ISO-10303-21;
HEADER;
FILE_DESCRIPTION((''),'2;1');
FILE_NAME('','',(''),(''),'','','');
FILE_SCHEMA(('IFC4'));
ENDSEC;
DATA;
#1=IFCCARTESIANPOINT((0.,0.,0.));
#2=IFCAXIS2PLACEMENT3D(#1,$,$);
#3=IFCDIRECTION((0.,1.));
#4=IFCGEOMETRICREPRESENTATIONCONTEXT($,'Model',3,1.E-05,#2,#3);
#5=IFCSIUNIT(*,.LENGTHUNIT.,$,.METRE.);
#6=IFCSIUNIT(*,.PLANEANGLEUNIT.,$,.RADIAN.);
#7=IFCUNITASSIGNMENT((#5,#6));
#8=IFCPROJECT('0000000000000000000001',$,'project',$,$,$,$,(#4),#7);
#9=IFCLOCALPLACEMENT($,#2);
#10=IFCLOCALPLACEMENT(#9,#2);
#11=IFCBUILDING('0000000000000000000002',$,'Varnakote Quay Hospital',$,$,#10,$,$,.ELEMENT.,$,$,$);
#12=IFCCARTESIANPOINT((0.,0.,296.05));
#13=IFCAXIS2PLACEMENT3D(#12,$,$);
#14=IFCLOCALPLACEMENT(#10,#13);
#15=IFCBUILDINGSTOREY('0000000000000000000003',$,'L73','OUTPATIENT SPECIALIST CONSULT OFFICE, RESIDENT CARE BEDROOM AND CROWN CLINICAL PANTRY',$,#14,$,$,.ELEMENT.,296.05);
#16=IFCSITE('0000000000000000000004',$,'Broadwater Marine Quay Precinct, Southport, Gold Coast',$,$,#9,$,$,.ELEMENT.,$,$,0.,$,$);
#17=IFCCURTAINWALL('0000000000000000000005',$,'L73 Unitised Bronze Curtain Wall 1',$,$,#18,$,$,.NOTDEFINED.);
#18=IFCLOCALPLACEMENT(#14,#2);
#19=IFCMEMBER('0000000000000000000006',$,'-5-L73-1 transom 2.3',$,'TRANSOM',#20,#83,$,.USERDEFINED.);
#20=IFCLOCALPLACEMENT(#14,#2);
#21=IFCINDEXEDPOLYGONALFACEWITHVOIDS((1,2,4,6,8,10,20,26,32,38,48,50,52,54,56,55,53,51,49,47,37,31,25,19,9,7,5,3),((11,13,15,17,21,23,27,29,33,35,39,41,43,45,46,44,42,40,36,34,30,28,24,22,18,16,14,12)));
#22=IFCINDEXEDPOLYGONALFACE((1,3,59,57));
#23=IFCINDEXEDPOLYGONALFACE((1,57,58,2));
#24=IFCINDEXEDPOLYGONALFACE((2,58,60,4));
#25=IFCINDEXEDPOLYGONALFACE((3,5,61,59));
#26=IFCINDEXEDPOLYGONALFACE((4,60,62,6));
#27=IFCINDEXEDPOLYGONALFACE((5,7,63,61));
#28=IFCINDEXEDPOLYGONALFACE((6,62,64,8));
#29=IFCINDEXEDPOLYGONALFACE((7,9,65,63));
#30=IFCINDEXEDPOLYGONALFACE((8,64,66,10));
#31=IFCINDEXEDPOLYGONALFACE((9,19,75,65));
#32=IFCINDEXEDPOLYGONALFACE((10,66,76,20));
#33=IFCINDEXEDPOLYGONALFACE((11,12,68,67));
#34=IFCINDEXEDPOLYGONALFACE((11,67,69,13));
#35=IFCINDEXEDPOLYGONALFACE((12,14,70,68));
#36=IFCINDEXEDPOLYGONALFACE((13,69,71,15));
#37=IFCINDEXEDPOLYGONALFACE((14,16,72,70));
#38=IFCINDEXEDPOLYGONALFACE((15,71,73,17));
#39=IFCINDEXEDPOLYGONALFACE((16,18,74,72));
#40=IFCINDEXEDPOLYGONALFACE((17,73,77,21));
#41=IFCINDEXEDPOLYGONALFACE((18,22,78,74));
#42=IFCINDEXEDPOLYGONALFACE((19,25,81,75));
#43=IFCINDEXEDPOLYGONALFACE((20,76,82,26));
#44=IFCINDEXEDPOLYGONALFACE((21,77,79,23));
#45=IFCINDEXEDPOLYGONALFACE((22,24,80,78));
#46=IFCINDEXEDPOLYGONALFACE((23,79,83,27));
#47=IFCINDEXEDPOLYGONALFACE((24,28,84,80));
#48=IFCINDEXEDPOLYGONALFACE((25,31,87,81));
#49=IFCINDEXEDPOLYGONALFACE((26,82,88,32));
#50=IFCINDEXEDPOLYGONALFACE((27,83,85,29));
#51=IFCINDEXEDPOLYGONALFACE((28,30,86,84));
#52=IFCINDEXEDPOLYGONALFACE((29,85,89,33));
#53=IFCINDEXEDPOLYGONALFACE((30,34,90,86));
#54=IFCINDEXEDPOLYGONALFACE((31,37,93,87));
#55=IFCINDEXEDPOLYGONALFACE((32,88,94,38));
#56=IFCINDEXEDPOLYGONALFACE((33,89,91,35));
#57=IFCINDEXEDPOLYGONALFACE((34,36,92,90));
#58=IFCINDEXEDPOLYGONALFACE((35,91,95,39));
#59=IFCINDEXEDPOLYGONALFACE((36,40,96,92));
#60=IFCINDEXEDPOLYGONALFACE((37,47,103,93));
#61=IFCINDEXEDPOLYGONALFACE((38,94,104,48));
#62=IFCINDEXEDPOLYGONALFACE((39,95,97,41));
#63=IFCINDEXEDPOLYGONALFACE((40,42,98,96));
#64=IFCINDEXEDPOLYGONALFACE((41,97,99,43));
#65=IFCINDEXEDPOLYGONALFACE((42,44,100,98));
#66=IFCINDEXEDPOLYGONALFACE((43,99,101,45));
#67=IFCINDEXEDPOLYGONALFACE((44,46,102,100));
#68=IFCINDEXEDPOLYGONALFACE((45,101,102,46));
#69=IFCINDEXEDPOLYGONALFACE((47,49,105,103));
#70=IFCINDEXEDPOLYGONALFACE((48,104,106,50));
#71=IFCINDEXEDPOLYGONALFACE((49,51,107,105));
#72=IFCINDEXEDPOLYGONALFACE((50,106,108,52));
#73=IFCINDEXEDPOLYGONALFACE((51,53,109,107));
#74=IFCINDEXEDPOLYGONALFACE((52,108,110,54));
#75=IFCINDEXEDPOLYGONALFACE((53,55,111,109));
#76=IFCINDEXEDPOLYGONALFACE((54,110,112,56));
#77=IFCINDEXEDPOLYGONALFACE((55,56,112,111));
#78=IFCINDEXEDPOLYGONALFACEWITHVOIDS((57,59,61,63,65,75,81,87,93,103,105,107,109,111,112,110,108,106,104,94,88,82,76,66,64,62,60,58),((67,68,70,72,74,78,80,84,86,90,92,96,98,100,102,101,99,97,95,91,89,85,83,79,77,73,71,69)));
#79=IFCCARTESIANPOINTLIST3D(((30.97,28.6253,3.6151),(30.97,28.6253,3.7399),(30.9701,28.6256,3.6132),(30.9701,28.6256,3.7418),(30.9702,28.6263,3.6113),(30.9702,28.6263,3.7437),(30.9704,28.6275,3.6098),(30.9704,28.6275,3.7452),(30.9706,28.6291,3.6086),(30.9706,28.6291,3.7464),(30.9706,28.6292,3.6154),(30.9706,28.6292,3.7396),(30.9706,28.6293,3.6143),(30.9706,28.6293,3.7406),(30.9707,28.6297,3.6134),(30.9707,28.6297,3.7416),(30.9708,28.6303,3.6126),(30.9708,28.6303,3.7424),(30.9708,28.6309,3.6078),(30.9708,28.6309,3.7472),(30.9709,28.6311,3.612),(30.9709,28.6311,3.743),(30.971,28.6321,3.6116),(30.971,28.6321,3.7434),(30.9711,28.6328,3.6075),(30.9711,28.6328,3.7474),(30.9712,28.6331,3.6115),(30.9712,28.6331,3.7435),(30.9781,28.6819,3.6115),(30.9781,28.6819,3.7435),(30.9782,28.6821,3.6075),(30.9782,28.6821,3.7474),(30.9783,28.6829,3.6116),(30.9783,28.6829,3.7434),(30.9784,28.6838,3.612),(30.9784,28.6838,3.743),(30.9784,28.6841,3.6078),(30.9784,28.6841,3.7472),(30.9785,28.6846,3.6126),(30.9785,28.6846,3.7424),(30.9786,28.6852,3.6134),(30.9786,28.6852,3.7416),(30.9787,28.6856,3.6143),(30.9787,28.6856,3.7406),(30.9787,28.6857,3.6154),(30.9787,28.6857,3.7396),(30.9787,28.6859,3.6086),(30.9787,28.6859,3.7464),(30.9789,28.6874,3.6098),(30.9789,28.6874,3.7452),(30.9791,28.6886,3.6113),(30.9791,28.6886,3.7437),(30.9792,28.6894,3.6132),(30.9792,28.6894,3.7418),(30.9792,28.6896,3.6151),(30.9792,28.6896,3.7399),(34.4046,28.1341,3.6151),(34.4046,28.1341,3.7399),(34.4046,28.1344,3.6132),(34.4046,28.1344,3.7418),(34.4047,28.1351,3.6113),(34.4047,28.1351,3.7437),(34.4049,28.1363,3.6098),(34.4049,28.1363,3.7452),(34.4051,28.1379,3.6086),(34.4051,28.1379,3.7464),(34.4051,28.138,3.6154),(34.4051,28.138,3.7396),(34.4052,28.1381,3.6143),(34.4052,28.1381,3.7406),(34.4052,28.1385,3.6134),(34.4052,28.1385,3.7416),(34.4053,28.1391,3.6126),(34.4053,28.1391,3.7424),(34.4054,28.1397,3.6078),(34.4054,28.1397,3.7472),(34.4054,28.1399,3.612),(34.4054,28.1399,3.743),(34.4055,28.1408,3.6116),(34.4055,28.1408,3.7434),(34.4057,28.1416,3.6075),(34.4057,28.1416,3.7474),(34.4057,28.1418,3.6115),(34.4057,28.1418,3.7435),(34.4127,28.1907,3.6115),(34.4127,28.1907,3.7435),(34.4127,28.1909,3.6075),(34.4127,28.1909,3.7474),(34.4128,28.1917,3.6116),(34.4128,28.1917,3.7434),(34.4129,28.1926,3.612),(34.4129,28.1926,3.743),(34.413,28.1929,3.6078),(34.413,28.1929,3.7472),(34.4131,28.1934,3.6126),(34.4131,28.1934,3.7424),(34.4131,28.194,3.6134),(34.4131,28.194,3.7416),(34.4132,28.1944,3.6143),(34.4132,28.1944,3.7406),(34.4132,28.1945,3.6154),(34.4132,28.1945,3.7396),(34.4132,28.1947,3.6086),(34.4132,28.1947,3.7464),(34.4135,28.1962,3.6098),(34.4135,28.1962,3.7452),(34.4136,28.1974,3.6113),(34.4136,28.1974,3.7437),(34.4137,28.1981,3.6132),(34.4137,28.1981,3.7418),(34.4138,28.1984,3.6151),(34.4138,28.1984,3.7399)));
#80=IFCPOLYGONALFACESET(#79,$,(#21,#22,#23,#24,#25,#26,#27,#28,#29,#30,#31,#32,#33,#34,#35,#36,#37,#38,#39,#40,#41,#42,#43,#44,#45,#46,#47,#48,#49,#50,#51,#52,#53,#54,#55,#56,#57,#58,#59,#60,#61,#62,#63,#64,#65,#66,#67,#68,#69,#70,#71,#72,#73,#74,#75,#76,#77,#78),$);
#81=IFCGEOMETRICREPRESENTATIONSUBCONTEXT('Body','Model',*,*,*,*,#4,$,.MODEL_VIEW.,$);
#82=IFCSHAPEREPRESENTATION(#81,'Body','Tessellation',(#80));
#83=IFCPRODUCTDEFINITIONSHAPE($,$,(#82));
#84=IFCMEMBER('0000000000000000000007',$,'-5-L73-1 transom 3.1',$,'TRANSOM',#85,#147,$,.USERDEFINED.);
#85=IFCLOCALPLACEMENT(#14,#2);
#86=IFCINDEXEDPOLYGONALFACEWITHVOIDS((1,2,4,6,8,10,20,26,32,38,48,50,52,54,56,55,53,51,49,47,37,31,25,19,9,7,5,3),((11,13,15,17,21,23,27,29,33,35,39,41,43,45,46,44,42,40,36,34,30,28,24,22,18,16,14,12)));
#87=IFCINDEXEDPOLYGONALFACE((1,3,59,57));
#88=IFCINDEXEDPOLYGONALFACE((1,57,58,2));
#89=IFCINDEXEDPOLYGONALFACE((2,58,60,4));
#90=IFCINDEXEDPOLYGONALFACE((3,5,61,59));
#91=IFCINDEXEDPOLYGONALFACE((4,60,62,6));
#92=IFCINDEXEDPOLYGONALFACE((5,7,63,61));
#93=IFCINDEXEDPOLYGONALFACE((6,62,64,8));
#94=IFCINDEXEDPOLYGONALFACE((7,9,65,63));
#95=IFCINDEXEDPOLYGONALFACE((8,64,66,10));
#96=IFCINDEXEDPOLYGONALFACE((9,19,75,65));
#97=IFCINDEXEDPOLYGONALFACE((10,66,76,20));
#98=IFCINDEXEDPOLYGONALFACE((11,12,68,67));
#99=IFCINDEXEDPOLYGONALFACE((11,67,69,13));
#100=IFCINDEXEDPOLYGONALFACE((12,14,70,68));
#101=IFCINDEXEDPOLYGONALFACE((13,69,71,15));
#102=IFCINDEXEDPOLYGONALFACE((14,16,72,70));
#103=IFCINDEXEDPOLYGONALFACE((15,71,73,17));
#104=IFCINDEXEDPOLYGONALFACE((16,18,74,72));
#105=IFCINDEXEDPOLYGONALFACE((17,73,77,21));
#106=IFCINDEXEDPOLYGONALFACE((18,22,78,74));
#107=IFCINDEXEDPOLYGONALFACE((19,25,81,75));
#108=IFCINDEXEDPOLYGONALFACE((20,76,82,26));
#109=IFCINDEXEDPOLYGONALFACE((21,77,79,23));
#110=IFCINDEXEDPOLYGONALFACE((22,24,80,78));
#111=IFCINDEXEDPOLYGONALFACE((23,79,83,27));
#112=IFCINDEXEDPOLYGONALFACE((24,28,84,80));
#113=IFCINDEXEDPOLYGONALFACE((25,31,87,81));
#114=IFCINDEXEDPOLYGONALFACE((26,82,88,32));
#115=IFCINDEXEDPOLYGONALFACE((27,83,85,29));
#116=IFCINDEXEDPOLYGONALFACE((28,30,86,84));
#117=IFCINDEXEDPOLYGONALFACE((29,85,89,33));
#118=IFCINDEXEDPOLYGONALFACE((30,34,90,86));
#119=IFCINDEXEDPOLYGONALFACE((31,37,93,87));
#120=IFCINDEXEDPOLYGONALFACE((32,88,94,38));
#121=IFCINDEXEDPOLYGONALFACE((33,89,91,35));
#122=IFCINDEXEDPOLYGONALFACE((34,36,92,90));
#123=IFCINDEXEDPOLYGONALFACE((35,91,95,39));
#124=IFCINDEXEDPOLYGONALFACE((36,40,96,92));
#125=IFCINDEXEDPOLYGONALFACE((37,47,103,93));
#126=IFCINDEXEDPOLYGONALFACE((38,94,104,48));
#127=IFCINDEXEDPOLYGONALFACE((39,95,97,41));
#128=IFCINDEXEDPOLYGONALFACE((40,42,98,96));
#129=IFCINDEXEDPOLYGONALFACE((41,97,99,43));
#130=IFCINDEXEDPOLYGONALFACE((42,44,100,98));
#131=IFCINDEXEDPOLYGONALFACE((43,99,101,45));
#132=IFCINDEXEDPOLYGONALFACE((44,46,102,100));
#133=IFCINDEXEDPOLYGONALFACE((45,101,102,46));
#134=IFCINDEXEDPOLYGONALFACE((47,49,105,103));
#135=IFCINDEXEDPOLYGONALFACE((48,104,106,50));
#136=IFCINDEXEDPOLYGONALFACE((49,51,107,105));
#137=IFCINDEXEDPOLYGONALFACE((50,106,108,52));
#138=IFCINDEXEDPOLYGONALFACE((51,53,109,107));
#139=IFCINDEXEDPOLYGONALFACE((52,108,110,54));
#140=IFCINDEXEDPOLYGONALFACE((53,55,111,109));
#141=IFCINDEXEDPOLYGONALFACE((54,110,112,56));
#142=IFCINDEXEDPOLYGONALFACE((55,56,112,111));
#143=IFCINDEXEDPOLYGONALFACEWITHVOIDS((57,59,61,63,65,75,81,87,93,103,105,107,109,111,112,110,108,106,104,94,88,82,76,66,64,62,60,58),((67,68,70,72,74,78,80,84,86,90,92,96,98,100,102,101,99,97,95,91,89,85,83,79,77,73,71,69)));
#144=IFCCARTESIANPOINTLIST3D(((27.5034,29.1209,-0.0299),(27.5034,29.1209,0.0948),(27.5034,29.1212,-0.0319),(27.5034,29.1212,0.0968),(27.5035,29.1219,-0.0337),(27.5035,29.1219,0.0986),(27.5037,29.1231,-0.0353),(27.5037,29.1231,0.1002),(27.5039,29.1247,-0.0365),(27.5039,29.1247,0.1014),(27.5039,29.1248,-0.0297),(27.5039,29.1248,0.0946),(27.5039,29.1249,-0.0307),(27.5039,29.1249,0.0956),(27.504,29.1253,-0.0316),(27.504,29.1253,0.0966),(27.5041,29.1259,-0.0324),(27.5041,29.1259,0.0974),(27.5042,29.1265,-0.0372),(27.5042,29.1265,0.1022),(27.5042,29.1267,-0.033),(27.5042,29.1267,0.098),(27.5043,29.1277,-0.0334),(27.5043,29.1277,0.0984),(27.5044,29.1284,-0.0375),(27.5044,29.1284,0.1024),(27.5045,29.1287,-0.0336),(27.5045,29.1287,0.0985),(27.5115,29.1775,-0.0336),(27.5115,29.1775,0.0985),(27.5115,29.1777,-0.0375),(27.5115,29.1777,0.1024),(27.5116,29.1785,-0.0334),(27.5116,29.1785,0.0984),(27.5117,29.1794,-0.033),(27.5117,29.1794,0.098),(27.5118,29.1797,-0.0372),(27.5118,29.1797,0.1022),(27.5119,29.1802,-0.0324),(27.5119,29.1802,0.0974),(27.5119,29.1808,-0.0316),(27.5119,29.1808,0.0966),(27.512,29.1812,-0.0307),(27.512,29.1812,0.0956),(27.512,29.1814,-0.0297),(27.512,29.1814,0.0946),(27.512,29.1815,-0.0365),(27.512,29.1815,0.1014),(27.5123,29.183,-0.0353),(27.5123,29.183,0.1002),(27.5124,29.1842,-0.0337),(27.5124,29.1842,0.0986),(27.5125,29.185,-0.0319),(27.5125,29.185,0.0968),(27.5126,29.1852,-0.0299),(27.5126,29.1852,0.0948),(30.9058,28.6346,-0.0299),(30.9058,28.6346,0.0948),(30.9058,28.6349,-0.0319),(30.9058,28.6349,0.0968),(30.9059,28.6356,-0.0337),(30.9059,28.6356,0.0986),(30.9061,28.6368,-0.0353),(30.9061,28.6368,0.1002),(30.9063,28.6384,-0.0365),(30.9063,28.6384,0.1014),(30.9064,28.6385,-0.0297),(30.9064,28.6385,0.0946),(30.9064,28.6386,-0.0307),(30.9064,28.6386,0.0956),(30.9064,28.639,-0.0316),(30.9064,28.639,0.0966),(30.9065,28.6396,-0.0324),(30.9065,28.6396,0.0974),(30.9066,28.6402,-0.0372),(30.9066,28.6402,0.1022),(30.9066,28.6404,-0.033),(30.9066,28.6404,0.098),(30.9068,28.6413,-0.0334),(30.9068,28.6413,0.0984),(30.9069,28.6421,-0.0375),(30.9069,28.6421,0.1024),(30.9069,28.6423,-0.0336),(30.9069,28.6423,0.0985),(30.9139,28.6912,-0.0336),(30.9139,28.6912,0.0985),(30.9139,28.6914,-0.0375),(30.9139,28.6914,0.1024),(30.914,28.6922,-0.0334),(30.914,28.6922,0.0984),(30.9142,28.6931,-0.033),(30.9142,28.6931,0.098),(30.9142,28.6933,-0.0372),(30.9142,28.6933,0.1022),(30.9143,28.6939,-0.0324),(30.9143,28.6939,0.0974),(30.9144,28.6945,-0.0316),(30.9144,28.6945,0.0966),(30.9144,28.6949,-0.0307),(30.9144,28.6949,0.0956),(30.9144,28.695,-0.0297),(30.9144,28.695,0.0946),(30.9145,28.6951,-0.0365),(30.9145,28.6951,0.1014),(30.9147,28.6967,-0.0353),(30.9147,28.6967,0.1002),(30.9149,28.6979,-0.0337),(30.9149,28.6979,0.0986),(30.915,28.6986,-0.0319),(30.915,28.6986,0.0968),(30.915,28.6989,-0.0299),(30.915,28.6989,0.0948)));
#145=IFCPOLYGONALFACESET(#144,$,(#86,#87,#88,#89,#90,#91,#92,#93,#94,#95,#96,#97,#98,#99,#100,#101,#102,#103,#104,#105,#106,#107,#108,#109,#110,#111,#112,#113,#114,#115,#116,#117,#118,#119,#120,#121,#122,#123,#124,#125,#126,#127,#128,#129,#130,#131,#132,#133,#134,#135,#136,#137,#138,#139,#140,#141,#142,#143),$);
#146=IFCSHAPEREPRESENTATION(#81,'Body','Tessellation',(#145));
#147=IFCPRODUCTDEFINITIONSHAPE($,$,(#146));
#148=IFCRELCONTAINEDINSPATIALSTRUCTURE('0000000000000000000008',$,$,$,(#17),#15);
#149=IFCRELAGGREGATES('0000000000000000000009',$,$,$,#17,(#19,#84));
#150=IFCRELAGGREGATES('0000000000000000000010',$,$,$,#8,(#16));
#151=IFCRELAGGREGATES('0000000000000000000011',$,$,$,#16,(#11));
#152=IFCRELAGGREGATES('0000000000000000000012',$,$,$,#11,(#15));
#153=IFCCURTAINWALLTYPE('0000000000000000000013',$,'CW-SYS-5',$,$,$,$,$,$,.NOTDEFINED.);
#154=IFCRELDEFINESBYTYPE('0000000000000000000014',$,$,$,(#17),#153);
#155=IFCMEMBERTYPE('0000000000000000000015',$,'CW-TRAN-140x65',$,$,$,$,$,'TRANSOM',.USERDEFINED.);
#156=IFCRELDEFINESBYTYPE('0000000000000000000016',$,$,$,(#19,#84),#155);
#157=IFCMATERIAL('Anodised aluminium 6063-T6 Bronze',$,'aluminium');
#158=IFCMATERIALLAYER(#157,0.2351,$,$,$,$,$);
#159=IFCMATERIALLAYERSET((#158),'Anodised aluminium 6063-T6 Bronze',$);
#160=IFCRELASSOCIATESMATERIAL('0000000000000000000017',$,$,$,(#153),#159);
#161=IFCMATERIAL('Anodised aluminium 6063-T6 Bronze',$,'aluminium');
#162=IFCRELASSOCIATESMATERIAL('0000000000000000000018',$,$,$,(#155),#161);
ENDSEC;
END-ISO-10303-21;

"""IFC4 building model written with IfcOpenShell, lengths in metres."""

from ifc_helpers import new_model, si_unit, direction, frame, origin, origin_2d, place, context, subcontext, project, spatial, hollow_rectangle, extrude, material, layer, layer_set, material_profile, profile_set, type_object, element, aggregate, save


model = new_model("IFC4")

# Units and contexts
model_context = context("Model", 3, precision=1e-05, world=origin(), true_north=direction((0.0, 1.0)))
body_context = subcontext(model_context, "Body", "Model", "MODEL_VIEW")
ifc_project = project(units=[si_unit("LENGTHUNIT", "METRE"), si_unit("PLANEANGLEUNIT", "RADIAN")], contexts=[model_context])

# Site, building, storey
site_placement = place(None, origin())
site = spatial("IfcSite", under=ifc_project, at=site_placement, Name="Broadwater Marine Quay Precinct, Southport, Gold Coast", CompositionType="ELEMENT", RefElevation=0.0)
building_placement = place(site_placement, origin())
building = spatial("IfcBuilding", under=site, at=building_placement, Name="Varnakote Quay Hospital", CompositionType="ELEMENT")
storey_placement = place(building_placement, frame((0.0, 0.0, 296.05)))
storey = spatial("IfcBuildingStorey", under=building, at=storey_placement, Name="L73", Description="OUTPATIENT SPECIALIST CONSULT OFFICE, RESIDENT CARE BEDROOM AND CROWN CLINICAL PANTRY", CompositionType="ELEMENT", Elevation=296.05)

# Curtain wall, members
ifc_material_1 = material(Name="Anodised aluminium 6063-T6 Bronze", Category="aluminium")
ifc_layer_1 = layer(ifc_material_1, 0.2351)
ifc_layer_set_1 = layer_set([ifc_layer_1], Name="Anodised aluminium 6063-T6 Bronze")
curtain_wall_type = type_object("IfcCurtainWallType", Name="CW-SYS-5", PredefinedType="NOTDEFINED", material=ifc_layer_set_1)
curtain_wall_placement = place(storey_placement, origin())
curtain_wall = element("IfcCurtainWall", 1, at=curtain_wall_placement, inside=storey, type_object=curtain_wall_type, Name="L73 Unitised Bronze Curtain Wall 1", PredefinedType="NOTDEFINED")
ifc_material_2 = material(Name="Anodised aluminium 6063-T6 Bronze", Category="aluminium")
ifc_material_profile_1 = material_profile(ifc_material_2, hollow_rectangle(XDim=0.0649, YDim=0.1399, WallThickness=0.0039, InnerFilletRadius=0.0039, OuterFilletRadius=0.0076, at=origin_2d()), Name="CW-TRAN-140x65")
ifc_profile_set_1 = profile_set([ifc_material_profile_1], Name="Anodised aluminium 6063-T6 Bronze")
member_type_1 = type_object("IfcMemberType", Name="CW-TRAN-140x65", ElementType="TRANSOM", PredefinedType="USERDEFINED", material=ifc_profile_set_1)
member_1_placement = place(storey_placement, frame((34.4092, 28.1663, 3.6775), z_axis=(-0.989927, 0.141579, 0.0), x_axis=(-0.141579, -0.989927, 0.0)))
member_1 = element("IfcMember", 2, at=member_1_placement, type_object=member_type_1, Name="-5-L73-1 transom 2.3", ObjectType="TRANSOM", PredefinedType="USERDEFINED", context=body_context, shape_type="SweptSolid", body=[
    extrude(hollow_rectangle(XDim=0.0649, YDim=0.1399, WallThickness=0.0039, InnerFilletRadius=0.0039, OuterFilletRadius=0.0076, at=origin_2d()), origin(), (0.0, 0.0, 1.0), 3.4695),
])
member_2_placement = place(storey_placement, frame((30.9104, 28.6667, 0.0325), z_axis=(-0.989938, 0.141501, 0.0), x_axis=(-0.141501, -0.989938, 0.0)))
member_2 = element("IfcMember", 3, at=member_2_placement, type_object=member_type_1, Name="-5-L73-1 transom 3.1", ObjectType="TRANSOM", PredefinedType="USERDEFINED", context=body_context, shape_type="SweptSolid", body=[
    extrude(hollow_rectangle(XDim=0.0649, YDim=0.1399, WallThickness=0.0039, InnerFilletRadius=0.0039, OuterFilletRadius=0.0076, at=origin_2d()), origin(), (0.0, 0.0, 1.0), 3.437),
])
aggregate(curtain_wall, [member_1, member_2])

save(model, "model.ifc")
